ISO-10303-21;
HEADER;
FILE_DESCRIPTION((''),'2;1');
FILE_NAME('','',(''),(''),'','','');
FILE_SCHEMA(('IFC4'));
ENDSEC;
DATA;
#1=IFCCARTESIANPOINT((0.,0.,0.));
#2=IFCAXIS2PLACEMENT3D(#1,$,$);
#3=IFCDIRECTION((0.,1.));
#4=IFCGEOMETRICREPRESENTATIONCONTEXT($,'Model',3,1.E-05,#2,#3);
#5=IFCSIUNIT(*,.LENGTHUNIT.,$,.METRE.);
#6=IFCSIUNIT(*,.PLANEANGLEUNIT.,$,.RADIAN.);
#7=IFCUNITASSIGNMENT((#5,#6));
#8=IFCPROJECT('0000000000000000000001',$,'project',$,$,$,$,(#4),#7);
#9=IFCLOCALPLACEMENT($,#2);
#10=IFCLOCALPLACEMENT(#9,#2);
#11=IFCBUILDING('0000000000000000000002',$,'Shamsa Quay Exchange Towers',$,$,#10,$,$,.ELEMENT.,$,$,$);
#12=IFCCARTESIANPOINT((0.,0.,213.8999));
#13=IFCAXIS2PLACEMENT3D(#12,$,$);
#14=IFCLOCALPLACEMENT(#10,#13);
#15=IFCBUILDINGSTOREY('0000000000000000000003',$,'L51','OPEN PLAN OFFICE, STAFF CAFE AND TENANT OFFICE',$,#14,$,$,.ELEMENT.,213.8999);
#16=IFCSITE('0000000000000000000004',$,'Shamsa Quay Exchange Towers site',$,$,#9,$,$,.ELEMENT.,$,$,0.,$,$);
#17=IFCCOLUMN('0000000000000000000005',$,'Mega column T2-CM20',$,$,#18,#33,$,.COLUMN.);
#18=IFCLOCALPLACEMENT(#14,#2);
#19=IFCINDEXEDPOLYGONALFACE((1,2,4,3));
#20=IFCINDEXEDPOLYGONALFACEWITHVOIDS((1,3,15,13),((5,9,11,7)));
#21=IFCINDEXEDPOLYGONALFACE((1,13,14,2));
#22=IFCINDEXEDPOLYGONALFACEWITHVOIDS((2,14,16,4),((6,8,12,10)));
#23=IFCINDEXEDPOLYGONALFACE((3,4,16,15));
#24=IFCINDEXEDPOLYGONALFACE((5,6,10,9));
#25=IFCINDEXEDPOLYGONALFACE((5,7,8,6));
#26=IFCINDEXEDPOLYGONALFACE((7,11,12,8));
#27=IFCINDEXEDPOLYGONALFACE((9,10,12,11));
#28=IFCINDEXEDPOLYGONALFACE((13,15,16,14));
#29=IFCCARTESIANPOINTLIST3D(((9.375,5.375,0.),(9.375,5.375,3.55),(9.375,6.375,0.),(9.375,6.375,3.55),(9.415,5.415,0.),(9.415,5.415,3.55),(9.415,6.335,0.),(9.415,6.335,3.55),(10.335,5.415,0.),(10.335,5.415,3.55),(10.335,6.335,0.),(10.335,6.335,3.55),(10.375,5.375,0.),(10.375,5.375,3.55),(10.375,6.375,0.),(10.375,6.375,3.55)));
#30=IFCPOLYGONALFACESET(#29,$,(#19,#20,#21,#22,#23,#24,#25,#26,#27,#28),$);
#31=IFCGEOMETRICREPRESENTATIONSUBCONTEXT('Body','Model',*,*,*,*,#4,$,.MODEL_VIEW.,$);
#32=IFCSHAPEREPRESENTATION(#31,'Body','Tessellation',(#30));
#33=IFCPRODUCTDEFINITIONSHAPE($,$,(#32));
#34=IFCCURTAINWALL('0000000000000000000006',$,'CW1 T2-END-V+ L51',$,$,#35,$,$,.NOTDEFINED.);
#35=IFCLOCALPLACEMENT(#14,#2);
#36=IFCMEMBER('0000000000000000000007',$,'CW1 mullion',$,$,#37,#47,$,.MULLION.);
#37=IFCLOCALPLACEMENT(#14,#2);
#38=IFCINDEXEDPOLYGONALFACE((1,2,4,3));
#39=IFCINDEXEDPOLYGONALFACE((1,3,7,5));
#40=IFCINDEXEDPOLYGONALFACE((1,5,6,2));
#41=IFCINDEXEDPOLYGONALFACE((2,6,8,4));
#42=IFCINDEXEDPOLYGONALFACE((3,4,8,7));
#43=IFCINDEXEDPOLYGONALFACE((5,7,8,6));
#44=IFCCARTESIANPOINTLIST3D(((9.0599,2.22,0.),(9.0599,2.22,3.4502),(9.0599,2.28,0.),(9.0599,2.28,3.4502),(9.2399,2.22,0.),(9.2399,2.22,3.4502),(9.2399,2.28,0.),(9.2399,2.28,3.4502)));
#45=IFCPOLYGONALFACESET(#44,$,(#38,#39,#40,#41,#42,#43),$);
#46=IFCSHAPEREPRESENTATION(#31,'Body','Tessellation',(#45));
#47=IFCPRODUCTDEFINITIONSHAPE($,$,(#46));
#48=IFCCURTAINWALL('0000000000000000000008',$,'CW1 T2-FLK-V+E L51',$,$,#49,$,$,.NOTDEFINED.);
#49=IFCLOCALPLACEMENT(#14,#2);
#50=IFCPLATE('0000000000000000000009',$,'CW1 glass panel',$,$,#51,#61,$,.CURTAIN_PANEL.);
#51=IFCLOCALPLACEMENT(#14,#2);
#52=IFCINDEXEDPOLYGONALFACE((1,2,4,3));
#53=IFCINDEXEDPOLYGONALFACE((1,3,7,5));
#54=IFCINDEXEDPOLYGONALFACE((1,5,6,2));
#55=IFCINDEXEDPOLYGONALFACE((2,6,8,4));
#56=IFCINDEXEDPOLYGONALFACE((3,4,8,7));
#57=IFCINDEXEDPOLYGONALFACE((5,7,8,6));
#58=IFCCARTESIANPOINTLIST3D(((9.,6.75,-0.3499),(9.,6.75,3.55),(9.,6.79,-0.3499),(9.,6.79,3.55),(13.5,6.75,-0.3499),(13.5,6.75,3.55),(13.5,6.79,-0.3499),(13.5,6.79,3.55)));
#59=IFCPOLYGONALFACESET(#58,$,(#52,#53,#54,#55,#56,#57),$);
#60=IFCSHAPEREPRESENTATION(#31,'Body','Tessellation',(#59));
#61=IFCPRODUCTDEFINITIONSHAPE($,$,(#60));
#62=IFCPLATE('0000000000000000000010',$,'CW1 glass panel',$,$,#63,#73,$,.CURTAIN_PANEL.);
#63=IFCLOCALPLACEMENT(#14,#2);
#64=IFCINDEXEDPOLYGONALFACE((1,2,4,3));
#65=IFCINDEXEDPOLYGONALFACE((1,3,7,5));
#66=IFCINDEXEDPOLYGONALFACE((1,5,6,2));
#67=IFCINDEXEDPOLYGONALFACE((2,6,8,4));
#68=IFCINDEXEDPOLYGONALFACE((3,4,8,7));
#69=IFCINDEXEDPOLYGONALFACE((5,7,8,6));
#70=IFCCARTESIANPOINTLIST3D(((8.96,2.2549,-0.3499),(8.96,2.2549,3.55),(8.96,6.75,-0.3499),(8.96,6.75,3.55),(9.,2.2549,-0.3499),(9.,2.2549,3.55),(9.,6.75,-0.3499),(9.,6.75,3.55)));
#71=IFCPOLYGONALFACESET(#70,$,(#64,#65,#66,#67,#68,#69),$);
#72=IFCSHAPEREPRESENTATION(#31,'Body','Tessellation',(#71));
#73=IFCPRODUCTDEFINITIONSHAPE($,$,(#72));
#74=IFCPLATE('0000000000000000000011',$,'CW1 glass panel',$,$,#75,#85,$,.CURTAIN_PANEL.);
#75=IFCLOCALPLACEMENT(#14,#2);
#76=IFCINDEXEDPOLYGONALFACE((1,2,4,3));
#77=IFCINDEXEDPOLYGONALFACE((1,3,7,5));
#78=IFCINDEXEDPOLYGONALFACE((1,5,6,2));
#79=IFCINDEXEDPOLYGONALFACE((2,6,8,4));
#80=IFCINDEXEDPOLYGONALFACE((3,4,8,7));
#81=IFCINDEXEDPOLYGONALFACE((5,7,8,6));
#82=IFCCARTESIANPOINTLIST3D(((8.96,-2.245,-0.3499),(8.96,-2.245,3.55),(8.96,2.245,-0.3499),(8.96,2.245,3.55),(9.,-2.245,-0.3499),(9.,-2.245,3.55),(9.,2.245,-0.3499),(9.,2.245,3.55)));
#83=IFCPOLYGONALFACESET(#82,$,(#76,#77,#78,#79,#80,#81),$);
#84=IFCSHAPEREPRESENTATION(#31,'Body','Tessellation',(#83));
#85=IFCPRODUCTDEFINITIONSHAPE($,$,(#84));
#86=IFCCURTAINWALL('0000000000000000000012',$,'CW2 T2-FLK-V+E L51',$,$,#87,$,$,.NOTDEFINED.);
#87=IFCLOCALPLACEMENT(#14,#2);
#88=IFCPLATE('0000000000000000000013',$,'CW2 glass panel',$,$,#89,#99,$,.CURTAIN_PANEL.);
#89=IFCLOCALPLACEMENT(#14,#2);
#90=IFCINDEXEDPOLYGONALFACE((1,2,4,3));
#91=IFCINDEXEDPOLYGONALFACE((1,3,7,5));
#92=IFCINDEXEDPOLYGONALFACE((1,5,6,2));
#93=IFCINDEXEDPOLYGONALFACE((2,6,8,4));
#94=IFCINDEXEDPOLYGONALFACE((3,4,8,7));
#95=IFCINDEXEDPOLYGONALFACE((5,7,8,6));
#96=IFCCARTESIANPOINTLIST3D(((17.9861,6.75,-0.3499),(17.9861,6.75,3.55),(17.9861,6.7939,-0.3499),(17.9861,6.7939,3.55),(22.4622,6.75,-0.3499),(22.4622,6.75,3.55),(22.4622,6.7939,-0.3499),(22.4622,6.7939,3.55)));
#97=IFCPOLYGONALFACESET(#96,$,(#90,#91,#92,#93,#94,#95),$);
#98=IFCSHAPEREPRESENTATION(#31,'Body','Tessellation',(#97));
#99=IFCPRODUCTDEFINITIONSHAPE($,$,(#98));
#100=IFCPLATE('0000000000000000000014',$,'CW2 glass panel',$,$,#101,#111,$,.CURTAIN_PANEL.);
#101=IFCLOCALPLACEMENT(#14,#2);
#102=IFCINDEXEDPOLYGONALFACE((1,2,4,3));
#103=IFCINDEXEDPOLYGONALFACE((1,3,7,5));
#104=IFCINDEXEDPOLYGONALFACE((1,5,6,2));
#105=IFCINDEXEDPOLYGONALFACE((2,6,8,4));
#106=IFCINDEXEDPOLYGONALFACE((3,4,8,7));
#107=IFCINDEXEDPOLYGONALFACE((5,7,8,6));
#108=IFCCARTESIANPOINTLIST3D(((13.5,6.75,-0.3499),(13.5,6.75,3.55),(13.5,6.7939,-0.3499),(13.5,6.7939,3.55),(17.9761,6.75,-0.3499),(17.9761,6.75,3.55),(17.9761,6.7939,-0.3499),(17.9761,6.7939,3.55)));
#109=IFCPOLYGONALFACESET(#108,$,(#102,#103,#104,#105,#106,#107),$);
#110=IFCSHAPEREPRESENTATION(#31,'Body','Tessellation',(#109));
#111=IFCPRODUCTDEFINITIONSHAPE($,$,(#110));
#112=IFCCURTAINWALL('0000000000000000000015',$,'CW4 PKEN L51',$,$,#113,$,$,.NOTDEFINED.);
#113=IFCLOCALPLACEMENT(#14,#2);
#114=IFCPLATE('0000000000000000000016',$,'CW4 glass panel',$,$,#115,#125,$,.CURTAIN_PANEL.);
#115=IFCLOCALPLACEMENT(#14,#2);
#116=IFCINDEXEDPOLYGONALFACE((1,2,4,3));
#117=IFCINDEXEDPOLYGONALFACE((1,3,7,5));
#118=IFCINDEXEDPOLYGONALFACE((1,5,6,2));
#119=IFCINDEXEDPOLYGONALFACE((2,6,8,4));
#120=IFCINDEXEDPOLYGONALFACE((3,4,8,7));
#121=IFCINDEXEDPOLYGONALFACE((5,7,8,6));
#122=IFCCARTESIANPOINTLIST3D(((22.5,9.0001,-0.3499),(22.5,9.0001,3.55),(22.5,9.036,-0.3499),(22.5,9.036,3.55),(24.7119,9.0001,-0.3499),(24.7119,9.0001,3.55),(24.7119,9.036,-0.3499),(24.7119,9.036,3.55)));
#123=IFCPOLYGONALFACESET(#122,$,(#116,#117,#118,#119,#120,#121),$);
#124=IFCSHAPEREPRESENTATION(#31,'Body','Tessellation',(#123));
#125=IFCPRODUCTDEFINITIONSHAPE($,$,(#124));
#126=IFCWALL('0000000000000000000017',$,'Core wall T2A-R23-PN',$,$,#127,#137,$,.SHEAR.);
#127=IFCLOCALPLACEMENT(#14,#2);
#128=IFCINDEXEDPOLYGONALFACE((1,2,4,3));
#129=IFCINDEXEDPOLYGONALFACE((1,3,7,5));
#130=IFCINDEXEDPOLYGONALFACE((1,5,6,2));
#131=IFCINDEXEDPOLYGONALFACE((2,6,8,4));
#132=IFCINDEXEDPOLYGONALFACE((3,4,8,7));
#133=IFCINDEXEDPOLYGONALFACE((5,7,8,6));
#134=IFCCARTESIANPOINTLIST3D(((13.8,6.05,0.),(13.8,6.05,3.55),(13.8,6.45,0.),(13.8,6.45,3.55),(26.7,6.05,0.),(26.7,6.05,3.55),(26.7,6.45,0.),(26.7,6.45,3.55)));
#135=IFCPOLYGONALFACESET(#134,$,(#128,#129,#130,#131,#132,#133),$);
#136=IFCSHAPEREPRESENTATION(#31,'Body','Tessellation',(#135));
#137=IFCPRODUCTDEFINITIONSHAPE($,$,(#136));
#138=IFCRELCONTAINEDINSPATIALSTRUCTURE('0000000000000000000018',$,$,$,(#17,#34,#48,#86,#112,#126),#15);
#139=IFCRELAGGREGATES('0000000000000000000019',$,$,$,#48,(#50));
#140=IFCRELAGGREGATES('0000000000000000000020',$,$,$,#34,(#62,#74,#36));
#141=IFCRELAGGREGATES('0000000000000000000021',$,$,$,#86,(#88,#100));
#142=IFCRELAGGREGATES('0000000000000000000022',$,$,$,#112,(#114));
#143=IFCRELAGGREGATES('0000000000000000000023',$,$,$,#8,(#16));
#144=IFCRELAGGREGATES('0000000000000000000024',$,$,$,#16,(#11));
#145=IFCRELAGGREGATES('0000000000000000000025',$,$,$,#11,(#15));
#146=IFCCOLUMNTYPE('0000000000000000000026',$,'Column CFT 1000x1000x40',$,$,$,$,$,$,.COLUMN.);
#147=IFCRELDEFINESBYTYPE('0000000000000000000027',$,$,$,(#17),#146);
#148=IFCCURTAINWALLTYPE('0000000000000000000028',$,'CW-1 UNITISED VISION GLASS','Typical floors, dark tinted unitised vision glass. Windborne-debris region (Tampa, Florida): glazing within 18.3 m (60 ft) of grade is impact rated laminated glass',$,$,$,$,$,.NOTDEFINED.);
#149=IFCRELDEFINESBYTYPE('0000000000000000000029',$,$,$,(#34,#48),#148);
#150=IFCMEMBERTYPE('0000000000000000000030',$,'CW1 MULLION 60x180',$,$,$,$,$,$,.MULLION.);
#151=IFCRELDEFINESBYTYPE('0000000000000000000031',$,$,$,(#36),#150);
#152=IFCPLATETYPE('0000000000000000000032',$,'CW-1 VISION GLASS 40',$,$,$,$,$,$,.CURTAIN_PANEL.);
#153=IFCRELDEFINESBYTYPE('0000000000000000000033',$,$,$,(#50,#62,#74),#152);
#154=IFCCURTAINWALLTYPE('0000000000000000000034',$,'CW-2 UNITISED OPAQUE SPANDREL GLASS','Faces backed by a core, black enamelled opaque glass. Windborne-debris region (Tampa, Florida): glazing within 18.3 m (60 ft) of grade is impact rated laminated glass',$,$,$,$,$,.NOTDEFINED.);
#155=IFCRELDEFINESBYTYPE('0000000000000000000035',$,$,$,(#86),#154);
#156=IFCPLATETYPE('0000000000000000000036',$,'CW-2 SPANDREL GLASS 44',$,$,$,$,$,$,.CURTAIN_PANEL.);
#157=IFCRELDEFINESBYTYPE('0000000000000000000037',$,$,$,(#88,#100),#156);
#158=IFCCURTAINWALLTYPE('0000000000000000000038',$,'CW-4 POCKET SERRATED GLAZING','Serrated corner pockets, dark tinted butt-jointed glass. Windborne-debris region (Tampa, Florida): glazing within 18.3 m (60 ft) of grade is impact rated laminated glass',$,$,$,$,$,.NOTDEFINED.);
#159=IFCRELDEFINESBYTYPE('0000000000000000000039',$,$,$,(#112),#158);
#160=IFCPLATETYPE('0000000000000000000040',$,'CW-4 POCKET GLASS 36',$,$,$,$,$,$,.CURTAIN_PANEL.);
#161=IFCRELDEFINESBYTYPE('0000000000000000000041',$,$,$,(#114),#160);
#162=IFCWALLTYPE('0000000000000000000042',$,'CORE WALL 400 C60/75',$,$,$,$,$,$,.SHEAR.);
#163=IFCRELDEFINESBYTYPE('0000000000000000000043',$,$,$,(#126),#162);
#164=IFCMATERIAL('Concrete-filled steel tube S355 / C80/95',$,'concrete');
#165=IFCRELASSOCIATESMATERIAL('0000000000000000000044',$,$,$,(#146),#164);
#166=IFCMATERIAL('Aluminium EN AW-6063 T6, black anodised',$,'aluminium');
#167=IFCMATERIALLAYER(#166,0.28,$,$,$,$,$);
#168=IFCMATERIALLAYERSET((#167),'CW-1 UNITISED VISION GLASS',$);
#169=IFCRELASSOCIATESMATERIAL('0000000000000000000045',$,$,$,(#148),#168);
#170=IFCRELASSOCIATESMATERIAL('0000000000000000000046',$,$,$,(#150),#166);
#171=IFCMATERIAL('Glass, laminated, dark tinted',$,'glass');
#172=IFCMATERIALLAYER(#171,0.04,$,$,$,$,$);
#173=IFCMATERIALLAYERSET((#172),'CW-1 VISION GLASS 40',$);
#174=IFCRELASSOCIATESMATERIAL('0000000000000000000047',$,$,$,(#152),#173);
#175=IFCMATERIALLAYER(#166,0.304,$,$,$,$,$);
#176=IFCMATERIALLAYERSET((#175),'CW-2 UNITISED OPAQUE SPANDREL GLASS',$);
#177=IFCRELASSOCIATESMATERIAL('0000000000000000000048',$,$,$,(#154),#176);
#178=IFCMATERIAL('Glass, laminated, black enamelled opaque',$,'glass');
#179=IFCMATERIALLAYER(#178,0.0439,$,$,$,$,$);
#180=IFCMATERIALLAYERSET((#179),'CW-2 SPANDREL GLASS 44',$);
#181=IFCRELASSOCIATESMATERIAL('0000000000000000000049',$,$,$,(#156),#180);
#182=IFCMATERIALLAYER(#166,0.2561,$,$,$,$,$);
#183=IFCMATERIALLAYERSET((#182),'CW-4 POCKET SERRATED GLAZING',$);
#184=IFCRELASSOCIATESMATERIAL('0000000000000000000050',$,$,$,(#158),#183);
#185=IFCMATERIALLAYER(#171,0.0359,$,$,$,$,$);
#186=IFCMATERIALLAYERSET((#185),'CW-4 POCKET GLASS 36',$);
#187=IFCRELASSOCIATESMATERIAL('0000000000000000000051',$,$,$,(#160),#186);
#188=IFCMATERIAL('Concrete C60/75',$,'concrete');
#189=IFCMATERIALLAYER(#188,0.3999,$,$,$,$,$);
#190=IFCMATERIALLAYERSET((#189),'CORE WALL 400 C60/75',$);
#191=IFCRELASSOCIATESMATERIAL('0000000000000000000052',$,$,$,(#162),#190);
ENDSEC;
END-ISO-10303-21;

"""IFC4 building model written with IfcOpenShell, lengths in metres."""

from ifc_helpers import new_model, si_unit, direction, frame, frame_2d, origin, origin_2d, place, context, subcontext, project, spatial, rectangle, hollow_rectangle, extrude, material, layer, layer_set, material_profile, profile_set, type_object, element, aggregate, save


model = new_model("IFC4")

# Units and contexts
model_context = context("Model", 3, precision=1e-05, world=origin(), true_north=direction((0.0, 1.0)))
body_context = subcontext(model_context, "Body", "Model", "MODEL_VIEW")
ifc_project = project(units=[si_unit("LENGTHUNIT", "METRE"), si_unit("PLANEANGLEUNIT", "RADIAN")], contexts=[model_context])

# Site, building, storey
site_placement = place(None, origin())
site = spatial("IfcSite", under=ifc_project, at=site_placement, Name="Shamsa Quay Exchange Towers site", CompositionType="ELEMENT", RefElevation=0.0)
building_placement = place(site_placement, origin())
building = spatial("IfcBuilding", under=site, at=building_placement, Name="Shamsa Quay Exchange Towers", CompositionType="ELEMENT")
storey_placement = place(building_placement, frame((0.0, 0.0, 213.8999)))
storey = spatial("IfcBuildingStorey", under=building, at=storey_placement, Name="L51", Description="OPEN PLAN OFFICE, STAFF CAFE AND TENANT OFFICE", CompositionType="ELEMENT", Elevation=213.8999)

# Column
ifc_material_1 = material(Name="Concrete-filled steel tube S355 / C80/95", Category="concrete")
ifc_material_profile_1 = material_profile(ifc_material_1, hollow_rectangle(XDim=1.0, YDim=1.0, WallThickness=0.04, at=origin_2d()), Name="CFT 1000x1000x40")
ifc_profile_set_1 = profile_set([ifc_material_profile_1], Name="Concrete-filled steel tube S355 / C80/95")
column_type = type_object("IfcColumnType", Name="Column CFT 1000x1000x40", PredefinedType="COLUMN", material=ifc_profile_set_1)
column_placement = place(storey_placement, frame((9.875, 5.875, 0.0)))
element("IfcColumn", 1, at=column_placement, inside=storey, type_object=column_type, Name="Mega column T2-CM20", PredefinedType="COLUMN", context=body_context, shape_type="SweptSolid", body=[
    extrude(hollow_rectangle(XDim=1.0, YDim=1.0, WallThickness=0.04, at=origin_2d()), origin(), (0.0, 0.0, 1.0), 3.55),
])

# Curtain wall, member
ifc_material_2 = material(Name="Aluminium EN AW-6063 T6, black anodised", Category="aluminium")
ifc_layer_1 = layer(ifc_material_2, 0.28)
ifc_layer_set_1 = layer_set([ifc_layer_1], Name="CW-1 UNITISED VISION GLASS")
curtain_wall_type_1 = type_object("IfcCurtainWallType", Name="CW-1 UNITISED VISION GLASS", Description="Typical floors, dark tinted unitised vision glass. Windborne-debris region (Tampa, Florida): glazing within 18.3 m (60 ft) of grade is impact rated laminated glass", PredefinedType="NOTDEFINED", material=ifc_layer_set_1)
curtain_wall_1_placement = place(storey_placement, origin())
curtain_wall_1 = element("IfcCurtainWall", 2, at=curtain_wall_1_placement, inside=storey, type_object=curtain_wall_type_1, Name="CW1 T2-END-V+ L51", PredefinedType="NOTDEFINED")
ifc_material_profile_2 = material_profile(ifc_material_2, rectangle(XDim=0.1799, YDim=0.0601, at=origin_2d()), Name="MU60x180")
ifc_profile_set_2 = profile_set([ifc_material_profile_2], Name="Aluminium EN AW-6063 T6, black anodised")
member_type = type_object("IfcMemberType", Name="CW1 MULLION 60x180", PredefinedType="MULLION", material=ifc_profile_set_2)
member_placement = place(storey_placement, frame((9.1499, 2.25, 0.0)))
member = element("IfcMember", 3, at=member_placement, type_object=member_type, Name="CW1 mullion", PredefinedType="MULLION", context=body_context, shape_type="SweptSolid", body=[
    extrude(rectangle(XDim=0.1799, YDim=0.0601, at=origin_2d()), origin(), (0.0, 0.0, 1.0), 3.4502),
])

# Curtain wall, plate
curtain_wall_2_placement = place(storey_placement, origin())
curtain_wall_2 = element("IfcCurtainWall", 4, at=curtain_wall_2_placement, inside=storey, type_object=curtain_wall_type_1, Name="CW1 T2-FLK-V+E L51", PredefinedType="NOTDEFINED")
ifc_material_3 = material(Name="Glass, laminated, dark tinted", Category="glass")
ifc_layer_2 = layer(ifc_material_3, 0.04)
ifc_layer_set_2 = layer_set([ifc_layer_2], Name="CW-1 VISION GLASS 40")
plate_type_1 = type_object("IfcPlateType", Name="CW-1 VISION GLASS 40", PredefinedType="CURTAIN_PANEL", material=ifc_layer_set_2)
plate_1_placement = place(storey_placement, frame((11.25, 6.77, -0.3499), z_axis=(0.0, 0.0, 1.0), x_axis=(-1.0, 0.0, 0.0)))
plate_1 = element("IfcPlate", 5, at=plate_1_placement, type_object=plate_type_1, Name="CW1 glass panel", PredefinedType="CURTAIN_PANEL", context=body_context, shape_type="SweptSolid", body=[
    extrude(rectangle(XDim=4.5, YDim=0.04, at=origin_2d()), origin(), (0.0, 0.0, 1.0), 3.8999),
])
aggregate(curtain_wall_2, [plate_1])

# Plates
plate_2_placement = place(storey_placement, frame((8.98, 4.5024, -0.3499), z_axis=(0.0, 0.0, 1.0), x_axis=(0.0, -1.0, 0.0)))
plate_2 = element("IfcPlate", 6, at=plate_2_placement, type_object=plate_type_1, Name="CW1 glass panel", PredefinedType="CURTAIN_PANEL", context=body_context, shape_type="SweptSolid", body=[
    extrude(rectangle(XDim=4.4951, YDim=0.04, at=origin_2d()), origin(), (0.0, 0.0, 1.0), 3.8999),
])
plate_3_placement = place(storey_placement, frame((8.98, 0.0, -0.3499), z_axis=(0.0, 0.0, 1.0), x_axis=(0.0, -1.0, 0.0)))
plate_3 = element("IfcPlate", 7, at=plate_3_placement, type_object=plate_type_1, Name="CW1 glass panel", PredefinedType="CURTAIN_PANEL", context=body_context, shape_type="SweptSolid", body=[
    extrude(rectangle(XDim=4.49, YDim=0.04, at=origin_2d()), origin(), (0.0, 0.0, 1.0), 3.8999),
])
aggregate(curtain_wall_1, [plate_2, plate_3, member])

# Curtain wall, plates
ifc_layer_3 = layer(ifc_material_2, 0.304)
ifc_layer_set_3 = layer_set([ifc_layer_3], Name="CW-2 UNITISED OPAQUE SPANDREL GLASS")
curtain_wall_type_2 = type_object("IfcCurtainWallType", Name="CW-2 UNITISED OPAQUE SPANDREL GLASS", Description="Faces backed by a core, black enamelled opaque glass. Windborne-debris region (Tampa, Florida): glazing within 18.3 m (60 ft) of grade is impact rated laminated glass", PredefinedType="NOTDEFINED", material=ifc_layer_set_3)
curtain_wall_3_placement = place(storey_placement, origin())
curtain_wall_3 = element("IfcCurtainWall", 8, at=curtain_wall_3_placement, inside=storey, type_object=curtain_wall_type_2, Name="CW2 T2-FLK-V+E L51", PredefinedType="NOTDEFINED")
ifc_material_4 = material(Name="Glass, laminated, black enamelled opaque", Category="glass")
ifc_layer_4 = layer(ifc_material_4, 0.0439)
ifc_layer_set_4 = layer_set([ifc_layer_4], Name="CW-2 SPANDREL GLASS 44")
plate_type_2 = type_object("IfcPlateType", Name="CW-2 SPANDREL GLASS 44", PredefinedType="CURTAIN_PANEL", material=ifc_layer_set_4)
plate_4_placement = place(storey_placement, frame((20.2241, 6.772, -0.3499), z_axis=(0.0, 0.0, 1.0), x_axis=(-1.0, 0.0, 0.0)))
plate_4 = element("IfcPlate", 9, at=plate_4_placement, type_object=plate_type_2, Name="CW2 glass panel", PredefinedType="CURTAIN_PANEL", context=body_context, shape_type="SweptSolid", body=[
    extrude(rectangle(XDim=4.4761, YDim=0.0439, at=origin_2d()), origin(), (0.0, 0.0, 1.0), 3.8999),
])
plate_5_placement = place(storey_placement, frame((15.738, 6.772, -0.3499), z_axis=(0.0, 0.0, 1.0), x_axis=(-1.0, 0.0, 0.0)))
plate_5 = element("IfcPlate", 10, at=plate_5_placement, type_object=plate_type_2, Name="CW2 glass panel", PredefinedType="CURTAIN_PANEL", context=body_context, shape_type="SweptSolid", body=[
    extrude(rectangle(XDim=4.4761, YDim=0.0439, at=origin_2d()), origin(), (0.0, 0.0, 1.0), 3.8999),
])
aggregate(curtain_wall_3, [plate_4, plate_5])

# Curtain wall, plate
ifc_layer_5 = layer(ifc_material_2, 0.2561)
ifc_layer_set_5 = layer_set([ifc_layer_5], Name="CW-4 POCKET SERRATED GLAZING")
curtain_wall_type_3 = type_object("IfcCurtainWallType", Name="CW-4 POCKET SERRATED GLAZING", Description="Serrated corner pockets, dark tinted butt-jointed glass. Windborne-debris region (Tampa, Florida): glazing within 18.3 m (60 ft) of grade is impact rated laminated glass", PredefinedType="NOTDEFINED", material=ifc_layer_set_5)
curtain_wall_4_placement = place(storey_placement, origin())
curtain_wall_4 = element("IfcCurtainWall", 11, at=curtain_wall_4_placement, inside=storey, type_object=curtain_wall_type_3, Name="CW4 PKEN L51", PredefinedType="NOTDEFINED")
ifc_layer_6 = layer(ifc_material_3, 0.0359)
ifc_layer_set_6 = layer_set([ifc_layer_6], Name="CW-4 POCKET GLASS 36")
plate_type_3 = type_object("IfcPlateType", Name="CW-4 POCKET GLASS 36", PredefinedType="CURTAIN_PANEL", material=ifc_layer_set_6)
plate_6_placement = place(storey_placement, frame((23.606, 9.0181, -0.3499), z_axis=(0.0, 0.0, 1.0), x_axis=(-1.0, 0.0, 0.0)))
plate_6 = element("IfcPlate", 12, at=plate_6_placement, type_object=plate_type_3, Name="CW4 glass panel", PredefinedType="CURTAIN_PANEL", context=body_context, shape_type="SweptSolid", body=[
    extrude(rectangle(XDim=2.2119, YDim=0.0359, at=origin_2d()), origin(), (0.0, 0.0, 1.0), 3.8999),
])
aggregate(curtain_wall_4, [plate_6])

# Wall
ifc_material_5 = material(Name="Concrete C60/75", Category="concrete")
ifc_layer_7 = layer(ifc_material_5, 0.3999)
ifc_layer_set_7 = layer_set([ifc_layer_7], Name="CORE WALL 400 C60/75")
wall_type_1 = type_object("IfcWallType", Name="CORE WALL 400 C60/75", PredefinedType="SHEAR", material=ifc_layer_set_7)
wall_1_placement = place(storey_placement, frame((13.8, 6.25, 0.0)))
element("IfcWall", 13, at=wall_1_placement, inside=storey, type_object=wall_type_1, Name="Core wall T2A-R23-PN", PredefinedType="SHEAR", context=body_context, shape_type="SweptSolid", body=[
    extrude(rectangle(XDim=12.8999, YDim=0.3999, at=frame_2d((6.45, 0.0))), origin(), (0.0, 0.0, 1.0), 3.55),
])

save(model, "model.ifc")
